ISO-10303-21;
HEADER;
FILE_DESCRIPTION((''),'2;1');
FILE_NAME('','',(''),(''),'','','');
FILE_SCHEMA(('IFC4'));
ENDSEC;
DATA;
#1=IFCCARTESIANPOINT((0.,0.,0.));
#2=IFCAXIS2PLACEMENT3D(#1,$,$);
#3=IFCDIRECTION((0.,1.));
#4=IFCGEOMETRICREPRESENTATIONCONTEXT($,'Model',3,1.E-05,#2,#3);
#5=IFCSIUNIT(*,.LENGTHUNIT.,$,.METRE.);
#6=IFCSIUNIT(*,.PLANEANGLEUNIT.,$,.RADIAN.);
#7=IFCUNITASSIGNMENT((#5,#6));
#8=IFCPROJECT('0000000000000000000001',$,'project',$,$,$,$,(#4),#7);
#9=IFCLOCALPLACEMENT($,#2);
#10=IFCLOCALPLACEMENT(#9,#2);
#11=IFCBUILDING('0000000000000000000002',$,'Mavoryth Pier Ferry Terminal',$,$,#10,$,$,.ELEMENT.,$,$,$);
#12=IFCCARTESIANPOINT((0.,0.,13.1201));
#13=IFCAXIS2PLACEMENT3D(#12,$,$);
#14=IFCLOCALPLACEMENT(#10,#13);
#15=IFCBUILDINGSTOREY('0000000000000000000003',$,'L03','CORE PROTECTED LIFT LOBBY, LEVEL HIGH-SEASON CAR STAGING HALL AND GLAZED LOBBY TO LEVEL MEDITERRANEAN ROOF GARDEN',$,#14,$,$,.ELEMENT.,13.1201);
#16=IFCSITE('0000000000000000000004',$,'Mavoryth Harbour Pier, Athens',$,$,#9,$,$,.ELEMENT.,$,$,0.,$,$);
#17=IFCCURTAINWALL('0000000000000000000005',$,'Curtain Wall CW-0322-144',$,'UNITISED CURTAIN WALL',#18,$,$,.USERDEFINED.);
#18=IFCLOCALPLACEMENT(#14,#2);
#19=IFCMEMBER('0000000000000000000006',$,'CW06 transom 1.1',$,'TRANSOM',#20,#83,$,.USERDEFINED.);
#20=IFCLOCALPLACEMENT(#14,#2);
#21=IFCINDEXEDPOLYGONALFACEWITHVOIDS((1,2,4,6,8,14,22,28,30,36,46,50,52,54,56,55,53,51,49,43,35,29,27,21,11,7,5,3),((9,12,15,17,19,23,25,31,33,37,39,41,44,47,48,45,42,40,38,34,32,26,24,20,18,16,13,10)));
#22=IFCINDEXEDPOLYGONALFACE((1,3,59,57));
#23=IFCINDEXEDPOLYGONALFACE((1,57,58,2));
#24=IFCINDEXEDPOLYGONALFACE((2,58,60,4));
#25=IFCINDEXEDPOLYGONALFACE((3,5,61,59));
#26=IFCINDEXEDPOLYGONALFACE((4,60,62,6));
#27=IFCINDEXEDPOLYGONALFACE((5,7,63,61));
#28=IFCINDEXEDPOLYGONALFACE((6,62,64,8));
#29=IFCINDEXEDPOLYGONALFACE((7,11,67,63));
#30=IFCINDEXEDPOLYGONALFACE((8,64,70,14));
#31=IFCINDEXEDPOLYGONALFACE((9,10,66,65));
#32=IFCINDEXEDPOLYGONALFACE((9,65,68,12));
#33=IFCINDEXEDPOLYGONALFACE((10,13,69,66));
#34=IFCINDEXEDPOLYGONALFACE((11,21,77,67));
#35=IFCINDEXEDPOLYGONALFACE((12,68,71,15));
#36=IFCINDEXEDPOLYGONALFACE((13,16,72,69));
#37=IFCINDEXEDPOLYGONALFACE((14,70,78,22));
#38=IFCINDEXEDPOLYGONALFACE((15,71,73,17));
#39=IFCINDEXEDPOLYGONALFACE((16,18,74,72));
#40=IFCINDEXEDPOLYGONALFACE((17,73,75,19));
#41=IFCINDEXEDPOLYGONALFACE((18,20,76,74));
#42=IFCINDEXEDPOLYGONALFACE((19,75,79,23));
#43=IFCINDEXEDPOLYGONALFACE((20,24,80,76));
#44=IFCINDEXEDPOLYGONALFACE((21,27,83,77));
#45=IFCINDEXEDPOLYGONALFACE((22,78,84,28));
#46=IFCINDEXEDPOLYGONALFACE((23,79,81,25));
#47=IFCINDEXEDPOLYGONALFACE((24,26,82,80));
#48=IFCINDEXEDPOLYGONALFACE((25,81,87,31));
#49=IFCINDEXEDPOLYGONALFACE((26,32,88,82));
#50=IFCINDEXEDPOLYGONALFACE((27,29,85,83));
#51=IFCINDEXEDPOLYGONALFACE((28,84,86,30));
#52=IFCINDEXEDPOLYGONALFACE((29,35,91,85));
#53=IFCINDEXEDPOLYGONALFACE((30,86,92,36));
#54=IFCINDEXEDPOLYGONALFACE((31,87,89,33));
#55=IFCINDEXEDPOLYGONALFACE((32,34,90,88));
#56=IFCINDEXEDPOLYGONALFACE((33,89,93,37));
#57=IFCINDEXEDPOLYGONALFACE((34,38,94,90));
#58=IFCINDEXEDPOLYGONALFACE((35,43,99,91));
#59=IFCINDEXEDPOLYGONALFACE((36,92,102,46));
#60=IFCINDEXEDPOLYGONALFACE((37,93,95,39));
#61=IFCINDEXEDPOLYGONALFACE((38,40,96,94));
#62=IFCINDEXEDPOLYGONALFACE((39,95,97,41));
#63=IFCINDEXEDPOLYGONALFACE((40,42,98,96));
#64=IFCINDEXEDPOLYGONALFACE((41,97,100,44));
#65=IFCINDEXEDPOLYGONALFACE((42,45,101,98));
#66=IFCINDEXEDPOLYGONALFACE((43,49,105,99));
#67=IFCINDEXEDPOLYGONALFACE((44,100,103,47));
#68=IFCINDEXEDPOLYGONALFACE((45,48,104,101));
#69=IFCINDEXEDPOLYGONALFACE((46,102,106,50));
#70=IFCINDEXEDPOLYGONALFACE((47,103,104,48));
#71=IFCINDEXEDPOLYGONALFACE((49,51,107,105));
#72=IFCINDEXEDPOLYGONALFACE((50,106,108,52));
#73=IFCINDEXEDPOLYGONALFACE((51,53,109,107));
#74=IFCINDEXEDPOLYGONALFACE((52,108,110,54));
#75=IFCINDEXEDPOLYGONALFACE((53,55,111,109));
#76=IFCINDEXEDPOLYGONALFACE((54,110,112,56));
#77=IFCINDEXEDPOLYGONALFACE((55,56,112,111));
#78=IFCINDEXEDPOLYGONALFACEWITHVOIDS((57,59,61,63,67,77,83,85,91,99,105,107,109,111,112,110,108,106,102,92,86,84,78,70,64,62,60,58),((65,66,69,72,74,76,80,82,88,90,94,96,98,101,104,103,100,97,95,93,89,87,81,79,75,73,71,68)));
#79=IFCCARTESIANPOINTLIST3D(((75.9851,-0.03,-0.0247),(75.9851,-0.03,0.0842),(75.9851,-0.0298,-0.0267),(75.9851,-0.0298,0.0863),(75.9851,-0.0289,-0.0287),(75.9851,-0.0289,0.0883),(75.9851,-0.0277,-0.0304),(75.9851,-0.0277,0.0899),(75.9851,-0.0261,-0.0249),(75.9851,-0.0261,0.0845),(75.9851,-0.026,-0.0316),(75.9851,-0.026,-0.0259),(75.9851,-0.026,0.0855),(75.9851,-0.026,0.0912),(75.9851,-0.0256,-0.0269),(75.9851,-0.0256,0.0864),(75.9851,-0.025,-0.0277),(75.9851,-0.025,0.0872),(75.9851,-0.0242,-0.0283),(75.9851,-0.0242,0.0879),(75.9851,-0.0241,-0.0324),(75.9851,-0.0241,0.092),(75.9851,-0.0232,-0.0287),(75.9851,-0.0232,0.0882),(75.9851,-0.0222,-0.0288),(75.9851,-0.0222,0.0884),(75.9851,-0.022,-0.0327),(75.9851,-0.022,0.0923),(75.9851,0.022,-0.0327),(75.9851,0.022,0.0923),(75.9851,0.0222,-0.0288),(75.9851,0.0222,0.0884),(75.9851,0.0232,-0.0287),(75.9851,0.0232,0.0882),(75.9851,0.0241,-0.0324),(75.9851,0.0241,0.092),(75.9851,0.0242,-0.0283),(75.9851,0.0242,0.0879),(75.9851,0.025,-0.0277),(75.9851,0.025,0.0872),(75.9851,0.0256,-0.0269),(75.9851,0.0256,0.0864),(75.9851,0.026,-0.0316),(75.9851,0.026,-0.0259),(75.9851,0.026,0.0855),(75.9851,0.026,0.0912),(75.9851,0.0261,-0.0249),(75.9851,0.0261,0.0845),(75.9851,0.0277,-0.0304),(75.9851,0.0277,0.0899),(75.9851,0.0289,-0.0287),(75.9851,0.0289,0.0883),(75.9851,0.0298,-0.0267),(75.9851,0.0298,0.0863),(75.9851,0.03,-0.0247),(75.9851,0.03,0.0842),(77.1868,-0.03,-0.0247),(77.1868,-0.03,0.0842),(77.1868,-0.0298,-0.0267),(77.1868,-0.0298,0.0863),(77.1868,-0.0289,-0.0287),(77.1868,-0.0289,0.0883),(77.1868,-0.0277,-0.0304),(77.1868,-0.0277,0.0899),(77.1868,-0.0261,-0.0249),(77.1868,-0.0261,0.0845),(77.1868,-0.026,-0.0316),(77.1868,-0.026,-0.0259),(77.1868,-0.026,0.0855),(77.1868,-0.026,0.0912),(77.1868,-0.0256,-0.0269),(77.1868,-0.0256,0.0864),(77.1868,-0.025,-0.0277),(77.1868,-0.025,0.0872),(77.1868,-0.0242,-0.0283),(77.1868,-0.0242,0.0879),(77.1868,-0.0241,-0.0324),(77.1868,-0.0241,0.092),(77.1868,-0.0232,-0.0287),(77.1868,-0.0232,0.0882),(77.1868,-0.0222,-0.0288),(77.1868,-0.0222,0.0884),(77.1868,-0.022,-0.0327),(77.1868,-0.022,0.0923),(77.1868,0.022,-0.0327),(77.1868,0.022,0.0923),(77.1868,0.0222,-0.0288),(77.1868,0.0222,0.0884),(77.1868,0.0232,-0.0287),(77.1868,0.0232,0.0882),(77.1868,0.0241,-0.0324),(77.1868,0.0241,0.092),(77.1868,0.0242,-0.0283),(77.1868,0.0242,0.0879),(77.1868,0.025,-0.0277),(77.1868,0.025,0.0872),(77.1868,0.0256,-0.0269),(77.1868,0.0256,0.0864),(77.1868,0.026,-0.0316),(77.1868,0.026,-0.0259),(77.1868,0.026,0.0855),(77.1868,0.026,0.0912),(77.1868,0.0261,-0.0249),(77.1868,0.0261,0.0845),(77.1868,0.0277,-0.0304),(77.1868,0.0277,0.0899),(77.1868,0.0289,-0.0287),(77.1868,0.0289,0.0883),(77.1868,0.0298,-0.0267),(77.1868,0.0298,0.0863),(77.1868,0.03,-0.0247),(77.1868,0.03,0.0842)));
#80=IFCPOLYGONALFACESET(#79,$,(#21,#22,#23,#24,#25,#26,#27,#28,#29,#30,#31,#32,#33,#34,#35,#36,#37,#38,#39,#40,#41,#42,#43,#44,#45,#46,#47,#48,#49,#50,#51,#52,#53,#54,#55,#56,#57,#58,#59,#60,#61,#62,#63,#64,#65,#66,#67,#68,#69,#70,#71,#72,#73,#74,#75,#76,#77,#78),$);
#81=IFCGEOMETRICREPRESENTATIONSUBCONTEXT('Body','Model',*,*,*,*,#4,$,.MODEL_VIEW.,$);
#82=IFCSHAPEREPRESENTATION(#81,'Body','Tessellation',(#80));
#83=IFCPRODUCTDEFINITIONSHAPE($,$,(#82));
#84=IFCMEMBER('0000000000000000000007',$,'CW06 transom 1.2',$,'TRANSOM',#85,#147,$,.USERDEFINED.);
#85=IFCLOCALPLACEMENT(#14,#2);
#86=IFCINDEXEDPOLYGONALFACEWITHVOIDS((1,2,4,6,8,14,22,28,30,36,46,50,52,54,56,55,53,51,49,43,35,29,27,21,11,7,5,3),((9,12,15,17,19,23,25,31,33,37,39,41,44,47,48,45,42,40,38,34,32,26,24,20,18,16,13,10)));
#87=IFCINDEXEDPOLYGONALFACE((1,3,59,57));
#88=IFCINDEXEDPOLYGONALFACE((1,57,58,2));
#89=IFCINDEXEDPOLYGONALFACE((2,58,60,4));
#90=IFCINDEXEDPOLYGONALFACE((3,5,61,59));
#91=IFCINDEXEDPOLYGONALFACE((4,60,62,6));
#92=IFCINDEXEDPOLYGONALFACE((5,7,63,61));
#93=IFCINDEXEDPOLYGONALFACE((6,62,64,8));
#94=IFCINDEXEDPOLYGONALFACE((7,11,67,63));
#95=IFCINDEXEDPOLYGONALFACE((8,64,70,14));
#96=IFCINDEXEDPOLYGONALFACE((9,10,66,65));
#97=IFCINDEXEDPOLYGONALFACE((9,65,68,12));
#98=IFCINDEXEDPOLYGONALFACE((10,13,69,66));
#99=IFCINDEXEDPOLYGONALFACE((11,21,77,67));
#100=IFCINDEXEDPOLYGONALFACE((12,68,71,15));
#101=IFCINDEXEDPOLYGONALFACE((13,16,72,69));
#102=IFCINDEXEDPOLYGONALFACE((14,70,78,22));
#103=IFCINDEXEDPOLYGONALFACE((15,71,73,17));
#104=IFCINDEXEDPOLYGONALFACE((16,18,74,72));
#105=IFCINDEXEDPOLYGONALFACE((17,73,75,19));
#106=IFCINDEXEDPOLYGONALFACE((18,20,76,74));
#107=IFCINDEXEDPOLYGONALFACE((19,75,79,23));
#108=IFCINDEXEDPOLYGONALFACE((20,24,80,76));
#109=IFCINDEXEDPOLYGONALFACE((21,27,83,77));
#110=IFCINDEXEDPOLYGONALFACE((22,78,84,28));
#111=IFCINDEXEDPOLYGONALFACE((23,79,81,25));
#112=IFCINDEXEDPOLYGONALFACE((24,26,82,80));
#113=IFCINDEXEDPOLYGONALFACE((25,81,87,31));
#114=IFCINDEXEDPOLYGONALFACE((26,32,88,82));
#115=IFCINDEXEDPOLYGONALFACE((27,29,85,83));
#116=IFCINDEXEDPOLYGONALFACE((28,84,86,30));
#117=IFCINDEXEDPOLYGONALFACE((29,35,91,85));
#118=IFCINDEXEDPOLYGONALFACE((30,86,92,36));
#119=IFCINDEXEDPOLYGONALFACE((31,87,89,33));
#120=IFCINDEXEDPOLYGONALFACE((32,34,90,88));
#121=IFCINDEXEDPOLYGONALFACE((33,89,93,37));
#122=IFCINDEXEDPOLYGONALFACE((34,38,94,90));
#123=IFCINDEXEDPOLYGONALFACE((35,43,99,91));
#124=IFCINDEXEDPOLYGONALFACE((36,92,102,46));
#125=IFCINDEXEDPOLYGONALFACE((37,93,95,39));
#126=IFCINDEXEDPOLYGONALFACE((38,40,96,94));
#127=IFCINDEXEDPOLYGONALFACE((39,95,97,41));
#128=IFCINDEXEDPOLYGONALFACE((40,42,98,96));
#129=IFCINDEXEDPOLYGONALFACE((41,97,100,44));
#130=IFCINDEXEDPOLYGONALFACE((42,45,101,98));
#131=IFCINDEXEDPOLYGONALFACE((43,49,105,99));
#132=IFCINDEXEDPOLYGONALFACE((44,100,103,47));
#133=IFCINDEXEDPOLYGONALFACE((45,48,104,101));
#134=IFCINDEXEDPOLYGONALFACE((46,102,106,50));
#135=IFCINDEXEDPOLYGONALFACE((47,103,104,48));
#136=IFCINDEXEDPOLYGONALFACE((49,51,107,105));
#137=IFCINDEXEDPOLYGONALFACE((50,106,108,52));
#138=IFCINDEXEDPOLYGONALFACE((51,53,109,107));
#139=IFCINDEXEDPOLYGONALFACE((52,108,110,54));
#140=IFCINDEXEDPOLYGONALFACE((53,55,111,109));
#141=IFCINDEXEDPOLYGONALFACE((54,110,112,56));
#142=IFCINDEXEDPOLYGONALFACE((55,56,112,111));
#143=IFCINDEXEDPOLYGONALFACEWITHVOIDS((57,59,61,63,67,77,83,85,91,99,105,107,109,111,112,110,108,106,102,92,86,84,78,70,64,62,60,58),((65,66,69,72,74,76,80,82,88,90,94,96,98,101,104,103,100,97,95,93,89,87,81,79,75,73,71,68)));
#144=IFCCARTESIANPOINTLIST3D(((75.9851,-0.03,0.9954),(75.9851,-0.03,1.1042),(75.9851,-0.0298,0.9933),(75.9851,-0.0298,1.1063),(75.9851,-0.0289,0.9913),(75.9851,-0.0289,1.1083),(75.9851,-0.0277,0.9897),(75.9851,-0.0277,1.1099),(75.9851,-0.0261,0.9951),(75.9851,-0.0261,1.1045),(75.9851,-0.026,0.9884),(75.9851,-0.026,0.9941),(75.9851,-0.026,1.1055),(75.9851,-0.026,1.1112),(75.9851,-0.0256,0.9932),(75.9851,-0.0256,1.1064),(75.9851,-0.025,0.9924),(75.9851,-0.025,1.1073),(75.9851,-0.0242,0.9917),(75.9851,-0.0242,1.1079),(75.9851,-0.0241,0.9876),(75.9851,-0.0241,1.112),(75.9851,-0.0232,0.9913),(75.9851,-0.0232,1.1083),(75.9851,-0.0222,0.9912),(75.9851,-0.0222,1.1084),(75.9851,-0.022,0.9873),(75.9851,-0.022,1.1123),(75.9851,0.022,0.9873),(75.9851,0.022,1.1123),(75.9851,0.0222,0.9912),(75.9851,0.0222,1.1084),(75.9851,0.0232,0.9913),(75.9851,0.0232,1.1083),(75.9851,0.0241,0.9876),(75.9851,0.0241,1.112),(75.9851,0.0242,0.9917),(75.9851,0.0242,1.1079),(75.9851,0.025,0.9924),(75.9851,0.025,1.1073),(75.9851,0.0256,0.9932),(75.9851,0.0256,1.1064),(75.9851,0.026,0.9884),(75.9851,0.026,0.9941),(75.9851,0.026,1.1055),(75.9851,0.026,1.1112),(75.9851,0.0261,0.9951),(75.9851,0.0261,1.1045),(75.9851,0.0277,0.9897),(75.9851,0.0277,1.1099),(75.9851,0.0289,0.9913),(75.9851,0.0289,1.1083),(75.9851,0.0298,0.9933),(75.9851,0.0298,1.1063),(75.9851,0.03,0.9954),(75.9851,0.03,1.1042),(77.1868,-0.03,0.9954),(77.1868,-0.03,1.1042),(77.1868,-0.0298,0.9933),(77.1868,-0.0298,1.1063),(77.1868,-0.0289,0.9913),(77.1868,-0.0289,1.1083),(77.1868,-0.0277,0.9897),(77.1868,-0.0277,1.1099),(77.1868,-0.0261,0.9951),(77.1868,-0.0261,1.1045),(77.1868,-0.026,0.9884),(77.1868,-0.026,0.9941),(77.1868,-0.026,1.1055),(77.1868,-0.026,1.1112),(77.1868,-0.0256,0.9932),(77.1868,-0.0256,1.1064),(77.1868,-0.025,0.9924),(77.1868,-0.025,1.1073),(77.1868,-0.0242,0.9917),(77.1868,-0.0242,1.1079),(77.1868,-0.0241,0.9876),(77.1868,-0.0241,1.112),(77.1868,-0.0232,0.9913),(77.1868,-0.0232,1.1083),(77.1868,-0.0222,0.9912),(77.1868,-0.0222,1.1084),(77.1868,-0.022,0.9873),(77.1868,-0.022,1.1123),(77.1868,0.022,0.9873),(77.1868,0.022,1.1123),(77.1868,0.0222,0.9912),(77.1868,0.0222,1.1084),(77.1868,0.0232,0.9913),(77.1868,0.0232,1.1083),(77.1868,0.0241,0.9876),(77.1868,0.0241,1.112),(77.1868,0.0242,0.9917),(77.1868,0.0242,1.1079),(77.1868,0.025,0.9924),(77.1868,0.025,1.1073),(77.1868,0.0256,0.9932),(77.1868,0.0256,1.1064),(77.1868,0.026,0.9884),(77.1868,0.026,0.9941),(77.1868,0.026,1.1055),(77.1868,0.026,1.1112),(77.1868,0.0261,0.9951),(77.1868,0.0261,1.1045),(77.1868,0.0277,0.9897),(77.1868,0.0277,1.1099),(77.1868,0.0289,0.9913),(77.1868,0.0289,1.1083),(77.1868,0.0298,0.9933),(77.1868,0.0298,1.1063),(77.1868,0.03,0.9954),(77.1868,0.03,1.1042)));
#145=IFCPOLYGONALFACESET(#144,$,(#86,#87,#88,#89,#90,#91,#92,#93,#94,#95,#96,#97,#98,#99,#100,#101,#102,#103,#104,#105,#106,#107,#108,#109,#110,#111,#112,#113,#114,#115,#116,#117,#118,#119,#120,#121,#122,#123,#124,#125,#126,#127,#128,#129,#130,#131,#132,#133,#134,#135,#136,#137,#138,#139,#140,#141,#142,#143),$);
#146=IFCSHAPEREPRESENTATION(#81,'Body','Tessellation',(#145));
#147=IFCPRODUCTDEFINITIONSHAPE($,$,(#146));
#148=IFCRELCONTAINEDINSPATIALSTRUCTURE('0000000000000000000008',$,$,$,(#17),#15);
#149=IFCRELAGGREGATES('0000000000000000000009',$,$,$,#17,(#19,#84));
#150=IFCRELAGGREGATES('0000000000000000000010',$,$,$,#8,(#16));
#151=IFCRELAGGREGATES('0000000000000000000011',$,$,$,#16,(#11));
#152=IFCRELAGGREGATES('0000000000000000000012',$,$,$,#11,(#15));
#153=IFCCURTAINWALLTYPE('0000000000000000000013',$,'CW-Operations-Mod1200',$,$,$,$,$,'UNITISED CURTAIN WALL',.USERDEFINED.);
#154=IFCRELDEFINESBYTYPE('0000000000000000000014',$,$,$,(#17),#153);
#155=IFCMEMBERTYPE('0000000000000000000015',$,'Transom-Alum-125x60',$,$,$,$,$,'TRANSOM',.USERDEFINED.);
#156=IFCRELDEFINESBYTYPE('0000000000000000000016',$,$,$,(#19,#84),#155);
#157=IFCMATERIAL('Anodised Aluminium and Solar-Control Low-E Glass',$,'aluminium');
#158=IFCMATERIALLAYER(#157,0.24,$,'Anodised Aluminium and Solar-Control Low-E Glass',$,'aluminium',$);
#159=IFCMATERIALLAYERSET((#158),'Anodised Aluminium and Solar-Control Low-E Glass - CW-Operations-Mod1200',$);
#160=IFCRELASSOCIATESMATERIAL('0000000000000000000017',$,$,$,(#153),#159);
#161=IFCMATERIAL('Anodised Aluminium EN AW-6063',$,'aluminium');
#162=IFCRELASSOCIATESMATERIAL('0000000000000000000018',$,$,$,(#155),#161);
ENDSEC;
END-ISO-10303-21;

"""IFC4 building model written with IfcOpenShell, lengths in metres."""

from ifc_helpers import new_model, si_unit, direction, frame, origin, origin_2d, place, context, subcontext, project, spatial, hollow_rectangle, extrude, material, layer, layer_set, material_profile, profile_set, type_object, element, aggregate, save


model = new_model("IFC4")

# Units and contexts
model_context = context("Model", 3, precision=1e-05, world=origin(), true_north=direction((0.0, 1.0)))
body_context = subcontext(model_context, "Body", "Model", "MODEL_VIEW")
ifc_project = project(units=[si_unit("LENGTHUNIT", "METRE"), si_unit("PLANEANGLEUNIT", "RADIAN")], contexts=[model_context])

# Site, building, storey
site_placement = place(None, origin())
site = spatial("IfcSite", under=ifc_project, at=site_placement, Name="Mavoryth Harbour Pier, Athens", CompositionType="ELEMENT", RefElevation=0.0)
building_placement = place(site_placement, origin())
building = spatial("IfcBuilding", under=site, at=building_placement, Name="Mavoryth Pier Ferry Terminal", CompositionType="ELEMENT")
storey_placement = place(building_placement, frame((0.0, 0.0, 13.1201)))
storey = spatial("IfcBuildingStorey", under=building, at=storey_placement, Name="L03", Description="CORE PROTECTED LIFT LOBBY, LEVEL HIGH-SEASON CAR STAGING HALL AND GLAZED LOBBY TO LEVEL MEDITERRANEAN ROOF GARDEN", CompositionType="ELEMENT", Elevation=13.1201)

# Curtain wall
ifc_material_1 = material(Name="Anodised Aluminium and Solar-Control Low-E Glass", Category="aluminium")
ifc_layer_1 = layer(ifc_material_1, 0.24, Name="Anodised Aluminium and Solar-Control Low-E Glass", Category="aluminium")
ifc_layer_set_1 = layer_set([ifc_layer_1], Name="Anodised Aluminium and Solar-Control Low-E Glass - CW-Operations-Mod1200")
curtain_wall_type = type_object("IfcCurtainWallType", Name="CW-Operations-Mod1200", ElementType="UNITISED CURTAIN WALL", PredefinedType="USERDEFINED", material=ifc_layer_set_1)
curtain_wall_placement = place(storey_placement, origin())
curtain_wall = element("IfcCurtainWall", 1, at=curtain_wall_placement, inside=storey, type_object=curtain_wall_type, Name="Curtain Wall CW-0322-144", ObjectType="UNITISED CURTAIN WALL", PredefinedType="USERDEFINED")
ifc_material_2 = material(Name="Anodised Aluminium EN AW-6063", Category="aluminium")

# Members
ifc_material_profile_1 = material_profile(ifc_material_2, hollow_rectangle(XDim=0.0601, YDim=0.125, WallThickness=0.0039, InnerFilletRadius=0.0039, OuterFilletRadius=0.0081, at=origin_2d()), Name="AL-TRAN 125x60x4", Category="aluminium")
ifc_profile_set_1 = profile_set([ifc_material_profile_1], Name="Anodised Aluminium EN AW-6063 - AL-TRAN 125x60x4")
member_type_1 = type_object("IfcMemberType", Name="Transom-Alum-125x60", ElementType="TRANSOM", PredefinedType="USERDEFINED", material=ifc_profile_set_1)
member_1_placement = place(storey_placement, frame((75.9851, 0.0, 0.0298), z_axis=(1.0, 0.0, 0.0), x_axis=(0.0, 1.0, 0.0)))
member_1 = element("IfcMember", 2, at=member_1_placement, type_object=member_type_1, Name="CW06 transom 1.1", ObjectType="TRANSOM", PredefinedType="USERDEFINED", context=body_context, shape_type="SweptSolid", body=[
    extrude(hollow_rectangle(XDim=0.0601, YDim=0.125, WallThickness=0.0039, InnerFilletRadius=0.0039, OuterFilletRadius=0.0081, at=origin_2d()), origin(), (0.0, 0.0, 1.0), 1.2017),
])
member_2_placement = place(storey_placement, frame((75.9851, 0.0, 1.0498), z_axis=(1.0, 0.0, 0.0), x_axis=(0.0, 1.0, 0.0)))
member_2 = element("IfcMember", 3, at=member_2_placement, type_object=member_type_1, Name="CW06 transom 1.2", ObjectType="TRANSOM", PredefinedType="USERDEFINED", context=body_context, shape_type="SweptSolid", body=[
    extrude(hollow_rectangle(XDim=0.0601, YDim=0.125, WallThickness=0.0039, InnerFilletRadius=0.0039, OuterFilletRadius=0.0081, at=origin_2d()), origin(), (0.0, 0.0, 1.0), 1.2017),
])

aggregate(curtain_wall, [member_1, member_2])

save(model, "model.ifc")
